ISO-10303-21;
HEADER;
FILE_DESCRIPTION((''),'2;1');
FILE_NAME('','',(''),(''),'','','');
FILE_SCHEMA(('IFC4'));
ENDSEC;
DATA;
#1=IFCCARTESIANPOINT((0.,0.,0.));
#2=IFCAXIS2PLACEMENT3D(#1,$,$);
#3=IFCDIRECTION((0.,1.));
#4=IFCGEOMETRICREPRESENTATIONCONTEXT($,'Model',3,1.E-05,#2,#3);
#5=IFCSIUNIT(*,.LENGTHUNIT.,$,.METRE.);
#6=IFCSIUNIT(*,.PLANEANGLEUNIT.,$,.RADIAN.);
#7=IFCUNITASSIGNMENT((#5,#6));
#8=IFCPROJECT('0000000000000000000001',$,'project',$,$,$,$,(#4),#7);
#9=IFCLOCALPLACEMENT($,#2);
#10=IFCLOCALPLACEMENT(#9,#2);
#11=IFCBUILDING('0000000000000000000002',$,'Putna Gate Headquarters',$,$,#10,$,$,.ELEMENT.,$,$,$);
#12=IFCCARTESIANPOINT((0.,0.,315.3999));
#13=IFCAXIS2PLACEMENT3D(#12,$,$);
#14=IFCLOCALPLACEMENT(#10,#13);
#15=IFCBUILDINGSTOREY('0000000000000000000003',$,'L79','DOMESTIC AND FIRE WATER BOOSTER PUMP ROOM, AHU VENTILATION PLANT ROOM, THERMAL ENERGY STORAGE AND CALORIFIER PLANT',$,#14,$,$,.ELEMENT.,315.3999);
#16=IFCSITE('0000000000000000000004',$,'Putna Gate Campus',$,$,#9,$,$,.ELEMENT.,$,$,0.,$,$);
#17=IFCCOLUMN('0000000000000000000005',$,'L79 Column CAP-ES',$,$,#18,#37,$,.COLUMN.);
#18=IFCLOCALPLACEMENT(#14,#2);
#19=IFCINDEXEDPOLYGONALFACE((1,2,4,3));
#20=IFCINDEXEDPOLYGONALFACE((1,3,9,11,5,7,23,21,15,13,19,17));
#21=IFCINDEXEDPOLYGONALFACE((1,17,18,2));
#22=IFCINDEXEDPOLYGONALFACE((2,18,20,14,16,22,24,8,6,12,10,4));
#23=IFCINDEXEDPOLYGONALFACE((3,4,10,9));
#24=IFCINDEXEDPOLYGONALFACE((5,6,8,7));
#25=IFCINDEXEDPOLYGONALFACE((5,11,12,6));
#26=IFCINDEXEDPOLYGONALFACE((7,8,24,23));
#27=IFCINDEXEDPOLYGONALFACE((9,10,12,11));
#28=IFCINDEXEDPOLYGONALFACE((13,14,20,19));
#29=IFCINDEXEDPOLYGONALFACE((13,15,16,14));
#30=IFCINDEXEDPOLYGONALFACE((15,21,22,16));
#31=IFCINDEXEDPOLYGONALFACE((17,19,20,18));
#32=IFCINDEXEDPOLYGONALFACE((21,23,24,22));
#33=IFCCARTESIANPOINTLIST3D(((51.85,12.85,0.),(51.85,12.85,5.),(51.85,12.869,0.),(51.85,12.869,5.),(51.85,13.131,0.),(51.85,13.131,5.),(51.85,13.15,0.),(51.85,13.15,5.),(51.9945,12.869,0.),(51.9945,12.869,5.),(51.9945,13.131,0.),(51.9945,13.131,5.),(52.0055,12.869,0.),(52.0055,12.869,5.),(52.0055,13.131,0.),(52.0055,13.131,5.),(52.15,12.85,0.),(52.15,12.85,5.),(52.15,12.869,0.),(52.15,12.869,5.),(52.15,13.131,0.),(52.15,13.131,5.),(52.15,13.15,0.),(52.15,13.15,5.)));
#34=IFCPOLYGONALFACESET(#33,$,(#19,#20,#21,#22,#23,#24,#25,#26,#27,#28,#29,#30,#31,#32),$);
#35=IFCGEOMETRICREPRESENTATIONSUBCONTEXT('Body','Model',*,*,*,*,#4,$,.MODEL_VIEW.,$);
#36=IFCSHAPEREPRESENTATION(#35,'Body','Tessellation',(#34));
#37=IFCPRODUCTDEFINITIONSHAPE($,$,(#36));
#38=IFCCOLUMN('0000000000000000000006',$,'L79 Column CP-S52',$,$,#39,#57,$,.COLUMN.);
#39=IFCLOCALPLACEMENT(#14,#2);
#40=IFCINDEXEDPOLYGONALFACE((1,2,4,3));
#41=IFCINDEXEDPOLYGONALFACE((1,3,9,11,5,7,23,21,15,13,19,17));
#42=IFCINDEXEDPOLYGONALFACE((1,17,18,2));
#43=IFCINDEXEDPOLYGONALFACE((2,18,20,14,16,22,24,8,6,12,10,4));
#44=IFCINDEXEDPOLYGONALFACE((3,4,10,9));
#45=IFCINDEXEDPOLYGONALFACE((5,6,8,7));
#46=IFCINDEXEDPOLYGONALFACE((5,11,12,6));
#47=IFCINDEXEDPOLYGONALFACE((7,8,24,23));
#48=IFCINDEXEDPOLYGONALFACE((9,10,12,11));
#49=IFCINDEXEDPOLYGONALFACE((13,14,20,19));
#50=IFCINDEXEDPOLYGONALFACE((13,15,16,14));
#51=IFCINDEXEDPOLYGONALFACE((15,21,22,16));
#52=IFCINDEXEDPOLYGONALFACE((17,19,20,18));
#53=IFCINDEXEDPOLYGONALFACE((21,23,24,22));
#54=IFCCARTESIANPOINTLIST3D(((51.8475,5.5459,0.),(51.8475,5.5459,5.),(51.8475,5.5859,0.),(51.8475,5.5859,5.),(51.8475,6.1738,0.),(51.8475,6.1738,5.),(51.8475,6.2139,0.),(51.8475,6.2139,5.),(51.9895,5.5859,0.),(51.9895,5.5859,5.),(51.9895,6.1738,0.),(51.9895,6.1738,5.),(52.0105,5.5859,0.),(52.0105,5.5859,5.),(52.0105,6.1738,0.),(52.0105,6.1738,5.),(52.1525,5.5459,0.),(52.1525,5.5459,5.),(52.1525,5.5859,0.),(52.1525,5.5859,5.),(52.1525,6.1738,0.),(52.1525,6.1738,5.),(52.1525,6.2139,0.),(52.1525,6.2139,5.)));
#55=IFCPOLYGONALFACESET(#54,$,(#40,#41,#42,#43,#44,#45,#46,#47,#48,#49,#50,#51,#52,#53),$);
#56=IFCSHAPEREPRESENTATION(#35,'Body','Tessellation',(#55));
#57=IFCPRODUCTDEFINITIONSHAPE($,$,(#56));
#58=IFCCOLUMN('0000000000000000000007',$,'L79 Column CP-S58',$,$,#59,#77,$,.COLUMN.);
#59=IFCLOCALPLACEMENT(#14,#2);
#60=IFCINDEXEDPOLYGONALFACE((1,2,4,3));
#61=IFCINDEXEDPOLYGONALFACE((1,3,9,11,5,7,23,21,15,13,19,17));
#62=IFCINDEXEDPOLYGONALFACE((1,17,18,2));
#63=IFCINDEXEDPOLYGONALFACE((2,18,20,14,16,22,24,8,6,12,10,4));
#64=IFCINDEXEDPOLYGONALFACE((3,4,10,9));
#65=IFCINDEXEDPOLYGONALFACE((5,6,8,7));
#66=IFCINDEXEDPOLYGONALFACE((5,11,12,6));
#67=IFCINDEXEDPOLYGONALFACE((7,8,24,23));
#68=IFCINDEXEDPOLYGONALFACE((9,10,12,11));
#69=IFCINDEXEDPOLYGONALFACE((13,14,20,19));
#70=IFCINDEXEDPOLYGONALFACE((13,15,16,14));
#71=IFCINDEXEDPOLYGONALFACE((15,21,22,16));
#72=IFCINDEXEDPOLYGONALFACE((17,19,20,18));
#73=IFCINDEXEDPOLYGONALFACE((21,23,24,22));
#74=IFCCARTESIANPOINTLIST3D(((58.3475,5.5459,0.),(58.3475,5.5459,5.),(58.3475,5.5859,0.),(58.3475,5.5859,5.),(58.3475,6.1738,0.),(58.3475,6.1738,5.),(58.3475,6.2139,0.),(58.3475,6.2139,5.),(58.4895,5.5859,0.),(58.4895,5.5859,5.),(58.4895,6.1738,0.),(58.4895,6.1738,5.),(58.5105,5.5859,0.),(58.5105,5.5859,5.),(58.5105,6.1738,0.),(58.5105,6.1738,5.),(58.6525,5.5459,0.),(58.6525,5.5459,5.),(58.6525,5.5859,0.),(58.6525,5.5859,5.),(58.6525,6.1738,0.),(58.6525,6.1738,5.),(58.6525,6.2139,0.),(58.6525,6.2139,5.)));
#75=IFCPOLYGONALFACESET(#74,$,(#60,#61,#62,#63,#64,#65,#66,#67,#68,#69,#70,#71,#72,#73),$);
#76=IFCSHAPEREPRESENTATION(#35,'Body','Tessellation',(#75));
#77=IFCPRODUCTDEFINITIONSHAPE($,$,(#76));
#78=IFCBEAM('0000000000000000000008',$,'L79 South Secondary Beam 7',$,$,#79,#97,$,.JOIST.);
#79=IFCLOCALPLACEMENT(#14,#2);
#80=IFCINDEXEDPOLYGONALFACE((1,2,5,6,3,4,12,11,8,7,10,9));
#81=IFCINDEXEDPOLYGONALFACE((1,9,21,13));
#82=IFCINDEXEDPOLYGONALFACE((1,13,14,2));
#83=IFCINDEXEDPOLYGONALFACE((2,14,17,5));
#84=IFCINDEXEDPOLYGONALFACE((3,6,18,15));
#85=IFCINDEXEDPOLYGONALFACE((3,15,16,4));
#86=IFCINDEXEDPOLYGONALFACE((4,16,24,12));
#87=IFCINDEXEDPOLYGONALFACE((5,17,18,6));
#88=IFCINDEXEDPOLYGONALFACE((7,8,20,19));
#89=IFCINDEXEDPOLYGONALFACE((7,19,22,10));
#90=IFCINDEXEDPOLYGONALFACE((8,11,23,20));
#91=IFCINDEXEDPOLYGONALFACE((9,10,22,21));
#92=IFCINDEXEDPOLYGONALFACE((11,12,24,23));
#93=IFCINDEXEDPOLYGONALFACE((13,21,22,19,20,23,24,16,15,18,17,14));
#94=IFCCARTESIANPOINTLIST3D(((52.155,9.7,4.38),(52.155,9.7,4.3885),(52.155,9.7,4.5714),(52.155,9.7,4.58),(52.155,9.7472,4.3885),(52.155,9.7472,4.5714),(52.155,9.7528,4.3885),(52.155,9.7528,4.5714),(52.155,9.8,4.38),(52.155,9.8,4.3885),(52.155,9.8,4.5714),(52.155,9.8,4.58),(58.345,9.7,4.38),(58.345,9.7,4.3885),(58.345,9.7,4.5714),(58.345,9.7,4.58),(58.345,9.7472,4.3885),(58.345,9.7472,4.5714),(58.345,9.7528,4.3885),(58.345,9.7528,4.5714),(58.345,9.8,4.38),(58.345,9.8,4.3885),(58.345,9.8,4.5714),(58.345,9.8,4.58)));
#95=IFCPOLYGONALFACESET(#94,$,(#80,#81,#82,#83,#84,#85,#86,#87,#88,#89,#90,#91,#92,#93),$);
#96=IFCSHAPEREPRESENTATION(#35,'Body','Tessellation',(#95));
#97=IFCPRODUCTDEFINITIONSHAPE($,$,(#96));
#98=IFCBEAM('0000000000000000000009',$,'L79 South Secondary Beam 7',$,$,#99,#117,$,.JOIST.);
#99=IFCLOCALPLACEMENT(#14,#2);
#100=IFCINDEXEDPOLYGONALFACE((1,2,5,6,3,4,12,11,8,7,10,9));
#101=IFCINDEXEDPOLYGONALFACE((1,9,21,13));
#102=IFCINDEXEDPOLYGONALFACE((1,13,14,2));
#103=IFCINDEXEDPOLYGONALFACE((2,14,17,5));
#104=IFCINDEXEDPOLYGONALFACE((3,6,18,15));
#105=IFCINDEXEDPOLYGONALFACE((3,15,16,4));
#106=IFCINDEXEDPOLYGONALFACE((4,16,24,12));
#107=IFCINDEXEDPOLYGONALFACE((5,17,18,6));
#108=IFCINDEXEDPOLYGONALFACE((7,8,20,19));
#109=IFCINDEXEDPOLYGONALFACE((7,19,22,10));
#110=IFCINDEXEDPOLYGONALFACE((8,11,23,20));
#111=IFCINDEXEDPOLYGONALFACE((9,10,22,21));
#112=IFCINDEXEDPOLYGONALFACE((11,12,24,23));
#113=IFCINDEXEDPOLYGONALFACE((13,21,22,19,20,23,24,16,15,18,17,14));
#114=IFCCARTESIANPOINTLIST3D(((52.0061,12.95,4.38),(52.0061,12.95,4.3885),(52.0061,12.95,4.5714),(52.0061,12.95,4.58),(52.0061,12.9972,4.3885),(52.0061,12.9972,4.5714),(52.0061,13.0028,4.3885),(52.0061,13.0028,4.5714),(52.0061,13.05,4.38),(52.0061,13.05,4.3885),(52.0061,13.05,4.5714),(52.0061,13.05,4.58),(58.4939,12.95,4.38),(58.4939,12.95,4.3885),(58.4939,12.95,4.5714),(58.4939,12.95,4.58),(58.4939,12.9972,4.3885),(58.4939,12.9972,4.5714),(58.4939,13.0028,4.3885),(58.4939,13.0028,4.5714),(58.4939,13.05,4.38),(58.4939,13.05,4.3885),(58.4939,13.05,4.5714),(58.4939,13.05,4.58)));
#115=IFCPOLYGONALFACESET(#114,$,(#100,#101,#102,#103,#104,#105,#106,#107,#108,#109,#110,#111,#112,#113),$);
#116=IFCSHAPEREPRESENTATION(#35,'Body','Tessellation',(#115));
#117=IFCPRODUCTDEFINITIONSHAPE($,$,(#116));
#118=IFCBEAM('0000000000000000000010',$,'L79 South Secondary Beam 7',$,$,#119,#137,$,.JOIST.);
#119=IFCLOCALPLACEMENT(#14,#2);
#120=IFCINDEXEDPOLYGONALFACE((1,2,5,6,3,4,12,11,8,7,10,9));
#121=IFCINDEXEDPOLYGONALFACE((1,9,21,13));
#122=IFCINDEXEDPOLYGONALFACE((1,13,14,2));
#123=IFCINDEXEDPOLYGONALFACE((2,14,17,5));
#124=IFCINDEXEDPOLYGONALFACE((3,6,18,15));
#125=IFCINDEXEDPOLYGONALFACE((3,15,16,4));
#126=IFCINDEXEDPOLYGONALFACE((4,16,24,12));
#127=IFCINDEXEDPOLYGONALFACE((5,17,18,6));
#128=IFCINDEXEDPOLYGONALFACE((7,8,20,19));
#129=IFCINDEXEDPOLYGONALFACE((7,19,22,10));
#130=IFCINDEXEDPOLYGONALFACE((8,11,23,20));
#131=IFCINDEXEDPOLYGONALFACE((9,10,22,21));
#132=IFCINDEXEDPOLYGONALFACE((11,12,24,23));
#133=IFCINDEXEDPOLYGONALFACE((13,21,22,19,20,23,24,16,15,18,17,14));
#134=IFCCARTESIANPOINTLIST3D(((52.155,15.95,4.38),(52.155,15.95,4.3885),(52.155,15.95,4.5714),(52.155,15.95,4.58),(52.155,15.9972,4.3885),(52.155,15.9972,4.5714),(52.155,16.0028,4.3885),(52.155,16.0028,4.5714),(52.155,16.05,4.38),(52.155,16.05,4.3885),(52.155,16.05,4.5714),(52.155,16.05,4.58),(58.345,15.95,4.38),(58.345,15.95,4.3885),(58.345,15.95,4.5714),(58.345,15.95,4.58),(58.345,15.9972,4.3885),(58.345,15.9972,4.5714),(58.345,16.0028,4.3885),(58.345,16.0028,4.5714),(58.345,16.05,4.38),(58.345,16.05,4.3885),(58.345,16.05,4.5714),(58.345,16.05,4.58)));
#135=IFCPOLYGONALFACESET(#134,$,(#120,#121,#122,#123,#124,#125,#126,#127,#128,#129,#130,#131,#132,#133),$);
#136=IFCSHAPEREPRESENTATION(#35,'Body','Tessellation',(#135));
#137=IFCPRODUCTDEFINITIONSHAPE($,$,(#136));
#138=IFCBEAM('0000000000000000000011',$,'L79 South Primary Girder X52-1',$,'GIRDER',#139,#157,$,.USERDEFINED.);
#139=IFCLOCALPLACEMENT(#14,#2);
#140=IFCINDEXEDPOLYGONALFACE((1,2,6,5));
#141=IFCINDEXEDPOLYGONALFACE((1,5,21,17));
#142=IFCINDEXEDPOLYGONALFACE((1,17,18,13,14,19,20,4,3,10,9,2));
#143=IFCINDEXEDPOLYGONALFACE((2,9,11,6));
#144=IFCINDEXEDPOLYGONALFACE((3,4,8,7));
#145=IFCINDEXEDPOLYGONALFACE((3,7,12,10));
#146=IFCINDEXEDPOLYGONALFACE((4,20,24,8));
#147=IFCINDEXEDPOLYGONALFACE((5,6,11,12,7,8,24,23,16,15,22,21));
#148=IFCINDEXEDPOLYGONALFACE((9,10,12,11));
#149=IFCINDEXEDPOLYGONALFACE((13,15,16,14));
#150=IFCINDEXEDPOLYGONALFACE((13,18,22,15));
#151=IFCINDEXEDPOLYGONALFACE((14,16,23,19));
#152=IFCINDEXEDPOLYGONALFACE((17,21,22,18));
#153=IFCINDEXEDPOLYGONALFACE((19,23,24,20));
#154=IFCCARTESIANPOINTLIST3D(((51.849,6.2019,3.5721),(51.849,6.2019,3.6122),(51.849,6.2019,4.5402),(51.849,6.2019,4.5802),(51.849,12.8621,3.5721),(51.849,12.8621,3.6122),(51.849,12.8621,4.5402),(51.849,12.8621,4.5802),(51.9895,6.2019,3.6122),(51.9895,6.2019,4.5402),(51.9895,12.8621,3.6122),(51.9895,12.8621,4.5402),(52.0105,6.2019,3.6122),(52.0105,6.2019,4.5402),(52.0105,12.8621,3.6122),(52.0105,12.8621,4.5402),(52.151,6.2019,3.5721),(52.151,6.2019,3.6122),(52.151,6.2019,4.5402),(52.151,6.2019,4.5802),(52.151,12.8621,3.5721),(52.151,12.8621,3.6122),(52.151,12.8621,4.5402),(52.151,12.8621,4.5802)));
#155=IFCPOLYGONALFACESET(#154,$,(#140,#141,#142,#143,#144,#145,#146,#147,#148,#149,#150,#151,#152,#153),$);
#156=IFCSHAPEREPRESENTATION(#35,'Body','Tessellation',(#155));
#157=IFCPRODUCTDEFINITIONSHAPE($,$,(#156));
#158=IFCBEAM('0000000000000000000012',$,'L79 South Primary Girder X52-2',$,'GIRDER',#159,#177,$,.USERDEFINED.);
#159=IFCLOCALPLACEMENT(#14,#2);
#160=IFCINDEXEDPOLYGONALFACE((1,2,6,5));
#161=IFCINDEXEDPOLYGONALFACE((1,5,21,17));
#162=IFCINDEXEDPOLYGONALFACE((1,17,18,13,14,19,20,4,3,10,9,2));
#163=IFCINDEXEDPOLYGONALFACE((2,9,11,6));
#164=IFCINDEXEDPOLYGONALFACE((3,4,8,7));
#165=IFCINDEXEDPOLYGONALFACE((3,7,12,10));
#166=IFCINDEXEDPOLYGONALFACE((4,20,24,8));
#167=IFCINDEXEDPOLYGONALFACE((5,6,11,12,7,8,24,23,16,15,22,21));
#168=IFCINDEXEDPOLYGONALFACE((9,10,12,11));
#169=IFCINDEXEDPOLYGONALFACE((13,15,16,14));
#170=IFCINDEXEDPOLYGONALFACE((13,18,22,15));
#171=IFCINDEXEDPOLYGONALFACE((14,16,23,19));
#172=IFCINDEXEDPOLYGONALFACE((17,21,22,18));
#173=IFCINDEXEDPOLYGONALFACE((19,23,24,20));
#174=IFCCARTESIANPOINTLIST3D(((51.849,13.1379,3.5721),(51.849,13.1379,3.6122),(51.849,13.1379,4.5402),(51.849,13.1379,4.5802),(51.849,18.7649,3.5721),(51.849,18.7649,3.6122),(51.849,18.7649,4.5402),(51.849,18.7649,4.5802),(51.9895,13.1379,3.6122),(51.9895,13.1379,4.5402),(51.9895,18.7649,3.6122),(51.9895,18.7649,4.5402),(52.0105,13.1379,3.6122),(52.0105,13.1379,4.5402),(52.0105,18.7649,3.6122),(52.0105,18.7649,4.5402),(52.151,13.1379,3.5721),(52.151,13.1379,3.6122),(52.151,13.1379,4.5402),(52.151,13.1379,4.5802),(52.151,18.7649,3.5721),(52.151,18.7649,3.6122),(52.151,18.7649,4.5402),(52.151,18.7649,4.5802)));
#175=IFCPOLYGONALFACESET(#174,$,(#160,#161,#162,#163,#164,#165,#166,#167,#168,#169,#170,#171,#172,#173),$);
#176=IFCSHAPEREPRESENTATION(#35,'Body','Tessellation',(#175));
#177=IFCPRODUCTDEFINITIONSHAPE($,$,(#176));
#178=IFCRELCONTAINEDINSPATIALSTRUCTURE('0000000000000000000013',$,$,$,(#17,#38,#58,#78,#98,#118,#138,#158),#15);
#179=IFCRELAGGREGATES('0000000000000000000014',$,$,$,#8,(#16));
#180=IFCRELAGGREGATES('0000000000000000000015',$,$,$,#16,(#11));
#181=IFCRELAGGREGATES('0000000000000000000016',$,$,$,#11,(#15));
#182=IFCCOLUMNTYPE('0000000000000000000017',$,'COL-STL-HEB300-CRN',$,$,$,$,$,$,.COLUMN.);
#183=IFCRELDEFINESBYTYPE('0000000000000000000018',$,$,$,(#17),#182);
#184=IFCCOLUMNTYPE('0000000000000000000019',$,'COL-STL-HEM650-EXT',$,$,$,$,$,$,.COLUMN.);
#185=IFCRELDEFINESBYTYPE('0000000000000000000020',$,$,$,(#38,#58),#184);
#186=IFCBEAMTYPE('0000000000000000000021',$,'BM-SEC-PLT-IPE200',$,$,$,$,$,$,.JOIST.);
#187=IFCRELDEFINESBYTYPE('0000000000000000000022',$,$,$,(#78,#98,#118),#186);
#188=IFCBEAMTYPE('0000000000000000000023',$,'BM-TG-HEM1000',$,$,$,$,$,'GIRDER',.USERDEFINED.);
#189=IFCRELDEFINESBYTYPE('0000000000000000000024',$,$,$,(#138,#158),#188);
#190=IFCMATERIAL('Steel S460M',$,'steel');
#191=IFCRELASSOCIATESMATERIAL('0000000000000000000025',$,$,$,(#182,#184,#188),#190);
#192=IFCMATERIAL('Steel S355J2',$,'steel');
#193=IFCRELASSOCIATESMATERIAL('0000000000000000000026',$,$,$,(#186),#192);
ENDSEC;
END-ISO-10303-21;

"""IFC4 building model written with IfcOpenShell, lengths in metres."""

from ifc_helpers import new_model, si_unit, direction, frame, origin, origin_2d, place, context, subcontext, project, spatial, i_section, extrude, material, material_profile, profile_set, type_object, element, save


model = new_model("IFC4")

# Units and contexts
model_context = context("Model", 3, precision=1e-05, world=origin(), true_north=direction((0.0, 1.0)))
body_context = subcontext(model_context, "Body", "Model", "MODEL_VIEW")
ifc_project = project(units=[si_unit("LENGTHUNIT", "METRE"), si_unit("PLANEANGLEUNIT", "RADIAN")], contexts=[model_context])

# Site, building, storey
site_placement = place(None, origin())
site = spatial("IfcSite", under=ifc_project, at=site_placement, Name="Putna Gate Campus", CompositionType="ELEMENT", RefElevation=0.0)
building_placement = place(site_placement, origin())
building = spatial("IfcBuilding", under=site, at=building_placement, Name="Putna Gate Headquarters", CompositionType="ELEMENT")
storey_placement = place(building_placement, frame((0.0, 0.0, 315.3999)))
storey = spatial("IfcBuildingStorey", under=building, at=storey_placement, Name="L79", Description="DOMESTIC AND FIRE WATER BOOSTER PUMP ROOM, AHU VENTILATION PLANT ROOM, THERMAL ENERGY STORAGE AND CALORIFIER PLANT", CompositionType="ELEMENT", Elevation=315.3999)

# Columns
ifc_material_1 = material(Name="Steel S460M", Category="steel")
ifc_material_profile_1 = material_profile(ifc_material_1, i_section(OverallWidth=0.3, OverallDepth=0.3, WebThickness=0.011, FlangeThickness=0.019, at=origin_2d()), Name="Steel S460M")
ifc_profile_set_1 = profile_set([ifc_material_profile_1], Name="Steel S460M")
column_type_1 = type_object("IfcColumnType", Name="COL-STL-HEB300-CRN", PredefinedType="COLUMN", material=ifc_profile_set_1)
column_placement = place(storey_placement, frame((52.0, 13.0, 0.0), z_axis=(0.0, 0.0, 1.0), x_axis=(1.0, 0.0, 0.0)))
element("IfcColumn", 1, at=column_placement, inside=storey, type_object=column_type_1, Name="L79 Column CAP-ES", PredefinedType="COLUMN", context=body_context, shape_type="SweptSolid", body=[
    extrude(i_section(OverallWidth=0.3, OverallDepth=0.3, WebThickness=0.011, FlangeThickness=0.019, at=origin_2d()), origin(), (0.0, 0.0, 1.0), 5.0),
])
ifc_material_profile_2 = material_profile(ifc_material_1, i_section(OverallWidth=0.3049, OverallDepth=0.668, WebThickness=0.021, FlangeThickness=0.04, at=origin_2d()), Name="Steel S460M")
ifc_profile_set_2 = profile_set([ifc_material_profile_2], Name="Steel S460M")
column_type_2 = type_object("IfcColumnType", Name="COL-STL-HEM650-EXT", PredefinedType="COLUMN", material=ifc_profile_set_2)
for number, where, z_axis, x_axis, name in (
    (2, (52.0, 5.8799, 0.0), (0.0, 0.0, 1.0), (1.0, 0.0, 0.0), "L79 Column CP-S52"),
    (3, (58.5, 5.8799, 0.0), (0.0, 0.0, 1.0), (1.0, 0.0, 0.0), "L79 Column CP-S58"),
):
    element("IfcColumn", number, at=place(storey_placement, frame(where, z_axis=z_axis, x_axis=x_axis)), inside=storey, type_object=column_type_2, Name=name, PredefinedType="COLUMN", context=body_context, shape_type="SweptSolid", body=[
        extrude(i_section(OverallWidth=0.3049, OverallDepth=0.668, WebThickness=0.021, FlangeThickness=0.04, at=origin_2d()), origin(), (0.0, 0.0, 1.0), 5.0),
    ])

# Beams
ifc_material_2 = material(Name="Steel S355J2", Category="steel")
ifc_material_profile_3 = material_profile(ifc_material_2, i_section(OverallWidth=0.1001, OverallDepth=0.2, WebThickness=0.0056, FlangeThickness=0.0085, at=origin_2d()), Name="Steel S355J2")
ifc_profile_set_3 = profile_set([ifc_material_profile_3], Name="Steel S355J2")
beam_type_1 = type_object("IfcBeamType", Name="BM-SEC-PLT-IPE200", PredefinedType="JOIST", material=ifc_profile_set_3)
beam_1_placement = place(storey_placement, frame((52.155, 9.75, 4.48), z_axis=(1.0, 0.0, 0.0), x_axis=(0.0, 1.0, 0.0)))
element("IfcBeam", 4, at=beam_1_placement, inside=storey, type_object=beam_type_1, Name="L79 South Secondary Beam 7", PredefinedType="JOIST", context=body_context, shape_type="SweptSolid", body=[
    extrude(i_section(OverallWidth=0.1001, OverallDepth=0.2, WebThickness=0.0056, FlangeThickness=0.0085, at=origin_2d()), origin(), (0.0, 0.0, 1.0), 6.1899),
])
beam_2_placement = place(storey_placement, frame((52.0061, 13.0, 4.48), z_axis=(1.0, 0.0, 0.0), x_axis=(0.0, 1.0, 0.0)))
element("IfcBeam", 5, at=beam_2_placement, inside=storey, type_object=beam_type_1, Name="L79 South Secondary Beam 7", PredefinedType="JOIST", context=body_context, shape_type="SweptSolid", body=[
    extrude(i_section(OverallWidth=0.1001, OverallDepth=0.2, WebThickness=0.0056, FlangeThickness=0.0085, at=origin_2d()), origin(), (0.0, 0.0, 1.0), 6.4878),
])
beam_3_placement = place(storey_placement, frame((52.155, 16.0, 4.48), z_axis=(1.0, 0.0, 0.0), x_axis=(0.0, 1.0, 0.0)))
element("IfcBeam", 6, at=beam_3_placement, inside=storey, type_object=beam_type_1, Name="L79 South Secondary Beam 7", PredefinedType="JOIST", context=body_context, shape_type="SweptSolid", body=[
    extrude(i_section(OverallWidth=0.1001, OverallDepth=0.2, WebThickness=0.0056, FlangeThickness=0.0085, at=origin_2d()), origin(), (0.0, 0.0, 1.0), 6.1899),
])
ifc_material_profile_4 = material_profile(ifc_material_1, i_section(OverallWidth=0.302, OverallDepth=1.0081, WebThickness=0.021, FlangeThickness=0.04, at=origin_2d()), Name="Steel S460M")
ifc_profile_set_4 = profile_set([ifc_material_profile_4], Name="Steel S460M")
beam_type_2 = type_object("IfcBeamType", Name="BM-TG-HEM1000", ElementType="GIRDER", PredefinedType="USERDEFINED", material=ifc_profile_set_4)
beam_4_placement = place(storey_placement, frame((52.0, 6.2019, 4.0762), z_axis=(0.0, 1.0, 0.0), x_axis=(-1.0, 0.0, 0.0)))
element("IfcBeam", 7, at=beam_4_placement, inside=storey, type_object=beam_type_2, Name="L79 South Primary Girder X52-1", ObjectType="GIRDER", PredefinedType="USERDEFINED", context=body_context, shape_type="SweptSolid", body=[
    extrude(i_section(OverallWidth=0.302, OverallDepth=1.0081, WebThickness=0.021, FlangeThickness=0.04, at=origin_2d()), origin(), (0.0, 0.0, 1.0), 6.6602),
])
beam_5_placement = place(storey_placement, frame((52.0, 13.1379, 4.0762), z_axis=(0.0, 1.0, 0.0), x_axis=(-1.0, 0.0, 0.0)))
element("IfcBeam", 8, at=beam_5_placement, inside=storey, type_object=beam_type_2, Name="L79 South Primary Girder X52-2", ObjectType="GIRDER", PredefinedType="USERDEFINED", context=body_context, shape_type="SweptSolid", body=[
    extrude(i_section(OverallWidth=0.302, OverallDepth=1.0081, WebThickness=0.021, FlangeThickness=0.04, at=origin_2d()), origin(), (0.0, 0.0, 1.0), 5.627),
])

save(model, "model.ifc")
